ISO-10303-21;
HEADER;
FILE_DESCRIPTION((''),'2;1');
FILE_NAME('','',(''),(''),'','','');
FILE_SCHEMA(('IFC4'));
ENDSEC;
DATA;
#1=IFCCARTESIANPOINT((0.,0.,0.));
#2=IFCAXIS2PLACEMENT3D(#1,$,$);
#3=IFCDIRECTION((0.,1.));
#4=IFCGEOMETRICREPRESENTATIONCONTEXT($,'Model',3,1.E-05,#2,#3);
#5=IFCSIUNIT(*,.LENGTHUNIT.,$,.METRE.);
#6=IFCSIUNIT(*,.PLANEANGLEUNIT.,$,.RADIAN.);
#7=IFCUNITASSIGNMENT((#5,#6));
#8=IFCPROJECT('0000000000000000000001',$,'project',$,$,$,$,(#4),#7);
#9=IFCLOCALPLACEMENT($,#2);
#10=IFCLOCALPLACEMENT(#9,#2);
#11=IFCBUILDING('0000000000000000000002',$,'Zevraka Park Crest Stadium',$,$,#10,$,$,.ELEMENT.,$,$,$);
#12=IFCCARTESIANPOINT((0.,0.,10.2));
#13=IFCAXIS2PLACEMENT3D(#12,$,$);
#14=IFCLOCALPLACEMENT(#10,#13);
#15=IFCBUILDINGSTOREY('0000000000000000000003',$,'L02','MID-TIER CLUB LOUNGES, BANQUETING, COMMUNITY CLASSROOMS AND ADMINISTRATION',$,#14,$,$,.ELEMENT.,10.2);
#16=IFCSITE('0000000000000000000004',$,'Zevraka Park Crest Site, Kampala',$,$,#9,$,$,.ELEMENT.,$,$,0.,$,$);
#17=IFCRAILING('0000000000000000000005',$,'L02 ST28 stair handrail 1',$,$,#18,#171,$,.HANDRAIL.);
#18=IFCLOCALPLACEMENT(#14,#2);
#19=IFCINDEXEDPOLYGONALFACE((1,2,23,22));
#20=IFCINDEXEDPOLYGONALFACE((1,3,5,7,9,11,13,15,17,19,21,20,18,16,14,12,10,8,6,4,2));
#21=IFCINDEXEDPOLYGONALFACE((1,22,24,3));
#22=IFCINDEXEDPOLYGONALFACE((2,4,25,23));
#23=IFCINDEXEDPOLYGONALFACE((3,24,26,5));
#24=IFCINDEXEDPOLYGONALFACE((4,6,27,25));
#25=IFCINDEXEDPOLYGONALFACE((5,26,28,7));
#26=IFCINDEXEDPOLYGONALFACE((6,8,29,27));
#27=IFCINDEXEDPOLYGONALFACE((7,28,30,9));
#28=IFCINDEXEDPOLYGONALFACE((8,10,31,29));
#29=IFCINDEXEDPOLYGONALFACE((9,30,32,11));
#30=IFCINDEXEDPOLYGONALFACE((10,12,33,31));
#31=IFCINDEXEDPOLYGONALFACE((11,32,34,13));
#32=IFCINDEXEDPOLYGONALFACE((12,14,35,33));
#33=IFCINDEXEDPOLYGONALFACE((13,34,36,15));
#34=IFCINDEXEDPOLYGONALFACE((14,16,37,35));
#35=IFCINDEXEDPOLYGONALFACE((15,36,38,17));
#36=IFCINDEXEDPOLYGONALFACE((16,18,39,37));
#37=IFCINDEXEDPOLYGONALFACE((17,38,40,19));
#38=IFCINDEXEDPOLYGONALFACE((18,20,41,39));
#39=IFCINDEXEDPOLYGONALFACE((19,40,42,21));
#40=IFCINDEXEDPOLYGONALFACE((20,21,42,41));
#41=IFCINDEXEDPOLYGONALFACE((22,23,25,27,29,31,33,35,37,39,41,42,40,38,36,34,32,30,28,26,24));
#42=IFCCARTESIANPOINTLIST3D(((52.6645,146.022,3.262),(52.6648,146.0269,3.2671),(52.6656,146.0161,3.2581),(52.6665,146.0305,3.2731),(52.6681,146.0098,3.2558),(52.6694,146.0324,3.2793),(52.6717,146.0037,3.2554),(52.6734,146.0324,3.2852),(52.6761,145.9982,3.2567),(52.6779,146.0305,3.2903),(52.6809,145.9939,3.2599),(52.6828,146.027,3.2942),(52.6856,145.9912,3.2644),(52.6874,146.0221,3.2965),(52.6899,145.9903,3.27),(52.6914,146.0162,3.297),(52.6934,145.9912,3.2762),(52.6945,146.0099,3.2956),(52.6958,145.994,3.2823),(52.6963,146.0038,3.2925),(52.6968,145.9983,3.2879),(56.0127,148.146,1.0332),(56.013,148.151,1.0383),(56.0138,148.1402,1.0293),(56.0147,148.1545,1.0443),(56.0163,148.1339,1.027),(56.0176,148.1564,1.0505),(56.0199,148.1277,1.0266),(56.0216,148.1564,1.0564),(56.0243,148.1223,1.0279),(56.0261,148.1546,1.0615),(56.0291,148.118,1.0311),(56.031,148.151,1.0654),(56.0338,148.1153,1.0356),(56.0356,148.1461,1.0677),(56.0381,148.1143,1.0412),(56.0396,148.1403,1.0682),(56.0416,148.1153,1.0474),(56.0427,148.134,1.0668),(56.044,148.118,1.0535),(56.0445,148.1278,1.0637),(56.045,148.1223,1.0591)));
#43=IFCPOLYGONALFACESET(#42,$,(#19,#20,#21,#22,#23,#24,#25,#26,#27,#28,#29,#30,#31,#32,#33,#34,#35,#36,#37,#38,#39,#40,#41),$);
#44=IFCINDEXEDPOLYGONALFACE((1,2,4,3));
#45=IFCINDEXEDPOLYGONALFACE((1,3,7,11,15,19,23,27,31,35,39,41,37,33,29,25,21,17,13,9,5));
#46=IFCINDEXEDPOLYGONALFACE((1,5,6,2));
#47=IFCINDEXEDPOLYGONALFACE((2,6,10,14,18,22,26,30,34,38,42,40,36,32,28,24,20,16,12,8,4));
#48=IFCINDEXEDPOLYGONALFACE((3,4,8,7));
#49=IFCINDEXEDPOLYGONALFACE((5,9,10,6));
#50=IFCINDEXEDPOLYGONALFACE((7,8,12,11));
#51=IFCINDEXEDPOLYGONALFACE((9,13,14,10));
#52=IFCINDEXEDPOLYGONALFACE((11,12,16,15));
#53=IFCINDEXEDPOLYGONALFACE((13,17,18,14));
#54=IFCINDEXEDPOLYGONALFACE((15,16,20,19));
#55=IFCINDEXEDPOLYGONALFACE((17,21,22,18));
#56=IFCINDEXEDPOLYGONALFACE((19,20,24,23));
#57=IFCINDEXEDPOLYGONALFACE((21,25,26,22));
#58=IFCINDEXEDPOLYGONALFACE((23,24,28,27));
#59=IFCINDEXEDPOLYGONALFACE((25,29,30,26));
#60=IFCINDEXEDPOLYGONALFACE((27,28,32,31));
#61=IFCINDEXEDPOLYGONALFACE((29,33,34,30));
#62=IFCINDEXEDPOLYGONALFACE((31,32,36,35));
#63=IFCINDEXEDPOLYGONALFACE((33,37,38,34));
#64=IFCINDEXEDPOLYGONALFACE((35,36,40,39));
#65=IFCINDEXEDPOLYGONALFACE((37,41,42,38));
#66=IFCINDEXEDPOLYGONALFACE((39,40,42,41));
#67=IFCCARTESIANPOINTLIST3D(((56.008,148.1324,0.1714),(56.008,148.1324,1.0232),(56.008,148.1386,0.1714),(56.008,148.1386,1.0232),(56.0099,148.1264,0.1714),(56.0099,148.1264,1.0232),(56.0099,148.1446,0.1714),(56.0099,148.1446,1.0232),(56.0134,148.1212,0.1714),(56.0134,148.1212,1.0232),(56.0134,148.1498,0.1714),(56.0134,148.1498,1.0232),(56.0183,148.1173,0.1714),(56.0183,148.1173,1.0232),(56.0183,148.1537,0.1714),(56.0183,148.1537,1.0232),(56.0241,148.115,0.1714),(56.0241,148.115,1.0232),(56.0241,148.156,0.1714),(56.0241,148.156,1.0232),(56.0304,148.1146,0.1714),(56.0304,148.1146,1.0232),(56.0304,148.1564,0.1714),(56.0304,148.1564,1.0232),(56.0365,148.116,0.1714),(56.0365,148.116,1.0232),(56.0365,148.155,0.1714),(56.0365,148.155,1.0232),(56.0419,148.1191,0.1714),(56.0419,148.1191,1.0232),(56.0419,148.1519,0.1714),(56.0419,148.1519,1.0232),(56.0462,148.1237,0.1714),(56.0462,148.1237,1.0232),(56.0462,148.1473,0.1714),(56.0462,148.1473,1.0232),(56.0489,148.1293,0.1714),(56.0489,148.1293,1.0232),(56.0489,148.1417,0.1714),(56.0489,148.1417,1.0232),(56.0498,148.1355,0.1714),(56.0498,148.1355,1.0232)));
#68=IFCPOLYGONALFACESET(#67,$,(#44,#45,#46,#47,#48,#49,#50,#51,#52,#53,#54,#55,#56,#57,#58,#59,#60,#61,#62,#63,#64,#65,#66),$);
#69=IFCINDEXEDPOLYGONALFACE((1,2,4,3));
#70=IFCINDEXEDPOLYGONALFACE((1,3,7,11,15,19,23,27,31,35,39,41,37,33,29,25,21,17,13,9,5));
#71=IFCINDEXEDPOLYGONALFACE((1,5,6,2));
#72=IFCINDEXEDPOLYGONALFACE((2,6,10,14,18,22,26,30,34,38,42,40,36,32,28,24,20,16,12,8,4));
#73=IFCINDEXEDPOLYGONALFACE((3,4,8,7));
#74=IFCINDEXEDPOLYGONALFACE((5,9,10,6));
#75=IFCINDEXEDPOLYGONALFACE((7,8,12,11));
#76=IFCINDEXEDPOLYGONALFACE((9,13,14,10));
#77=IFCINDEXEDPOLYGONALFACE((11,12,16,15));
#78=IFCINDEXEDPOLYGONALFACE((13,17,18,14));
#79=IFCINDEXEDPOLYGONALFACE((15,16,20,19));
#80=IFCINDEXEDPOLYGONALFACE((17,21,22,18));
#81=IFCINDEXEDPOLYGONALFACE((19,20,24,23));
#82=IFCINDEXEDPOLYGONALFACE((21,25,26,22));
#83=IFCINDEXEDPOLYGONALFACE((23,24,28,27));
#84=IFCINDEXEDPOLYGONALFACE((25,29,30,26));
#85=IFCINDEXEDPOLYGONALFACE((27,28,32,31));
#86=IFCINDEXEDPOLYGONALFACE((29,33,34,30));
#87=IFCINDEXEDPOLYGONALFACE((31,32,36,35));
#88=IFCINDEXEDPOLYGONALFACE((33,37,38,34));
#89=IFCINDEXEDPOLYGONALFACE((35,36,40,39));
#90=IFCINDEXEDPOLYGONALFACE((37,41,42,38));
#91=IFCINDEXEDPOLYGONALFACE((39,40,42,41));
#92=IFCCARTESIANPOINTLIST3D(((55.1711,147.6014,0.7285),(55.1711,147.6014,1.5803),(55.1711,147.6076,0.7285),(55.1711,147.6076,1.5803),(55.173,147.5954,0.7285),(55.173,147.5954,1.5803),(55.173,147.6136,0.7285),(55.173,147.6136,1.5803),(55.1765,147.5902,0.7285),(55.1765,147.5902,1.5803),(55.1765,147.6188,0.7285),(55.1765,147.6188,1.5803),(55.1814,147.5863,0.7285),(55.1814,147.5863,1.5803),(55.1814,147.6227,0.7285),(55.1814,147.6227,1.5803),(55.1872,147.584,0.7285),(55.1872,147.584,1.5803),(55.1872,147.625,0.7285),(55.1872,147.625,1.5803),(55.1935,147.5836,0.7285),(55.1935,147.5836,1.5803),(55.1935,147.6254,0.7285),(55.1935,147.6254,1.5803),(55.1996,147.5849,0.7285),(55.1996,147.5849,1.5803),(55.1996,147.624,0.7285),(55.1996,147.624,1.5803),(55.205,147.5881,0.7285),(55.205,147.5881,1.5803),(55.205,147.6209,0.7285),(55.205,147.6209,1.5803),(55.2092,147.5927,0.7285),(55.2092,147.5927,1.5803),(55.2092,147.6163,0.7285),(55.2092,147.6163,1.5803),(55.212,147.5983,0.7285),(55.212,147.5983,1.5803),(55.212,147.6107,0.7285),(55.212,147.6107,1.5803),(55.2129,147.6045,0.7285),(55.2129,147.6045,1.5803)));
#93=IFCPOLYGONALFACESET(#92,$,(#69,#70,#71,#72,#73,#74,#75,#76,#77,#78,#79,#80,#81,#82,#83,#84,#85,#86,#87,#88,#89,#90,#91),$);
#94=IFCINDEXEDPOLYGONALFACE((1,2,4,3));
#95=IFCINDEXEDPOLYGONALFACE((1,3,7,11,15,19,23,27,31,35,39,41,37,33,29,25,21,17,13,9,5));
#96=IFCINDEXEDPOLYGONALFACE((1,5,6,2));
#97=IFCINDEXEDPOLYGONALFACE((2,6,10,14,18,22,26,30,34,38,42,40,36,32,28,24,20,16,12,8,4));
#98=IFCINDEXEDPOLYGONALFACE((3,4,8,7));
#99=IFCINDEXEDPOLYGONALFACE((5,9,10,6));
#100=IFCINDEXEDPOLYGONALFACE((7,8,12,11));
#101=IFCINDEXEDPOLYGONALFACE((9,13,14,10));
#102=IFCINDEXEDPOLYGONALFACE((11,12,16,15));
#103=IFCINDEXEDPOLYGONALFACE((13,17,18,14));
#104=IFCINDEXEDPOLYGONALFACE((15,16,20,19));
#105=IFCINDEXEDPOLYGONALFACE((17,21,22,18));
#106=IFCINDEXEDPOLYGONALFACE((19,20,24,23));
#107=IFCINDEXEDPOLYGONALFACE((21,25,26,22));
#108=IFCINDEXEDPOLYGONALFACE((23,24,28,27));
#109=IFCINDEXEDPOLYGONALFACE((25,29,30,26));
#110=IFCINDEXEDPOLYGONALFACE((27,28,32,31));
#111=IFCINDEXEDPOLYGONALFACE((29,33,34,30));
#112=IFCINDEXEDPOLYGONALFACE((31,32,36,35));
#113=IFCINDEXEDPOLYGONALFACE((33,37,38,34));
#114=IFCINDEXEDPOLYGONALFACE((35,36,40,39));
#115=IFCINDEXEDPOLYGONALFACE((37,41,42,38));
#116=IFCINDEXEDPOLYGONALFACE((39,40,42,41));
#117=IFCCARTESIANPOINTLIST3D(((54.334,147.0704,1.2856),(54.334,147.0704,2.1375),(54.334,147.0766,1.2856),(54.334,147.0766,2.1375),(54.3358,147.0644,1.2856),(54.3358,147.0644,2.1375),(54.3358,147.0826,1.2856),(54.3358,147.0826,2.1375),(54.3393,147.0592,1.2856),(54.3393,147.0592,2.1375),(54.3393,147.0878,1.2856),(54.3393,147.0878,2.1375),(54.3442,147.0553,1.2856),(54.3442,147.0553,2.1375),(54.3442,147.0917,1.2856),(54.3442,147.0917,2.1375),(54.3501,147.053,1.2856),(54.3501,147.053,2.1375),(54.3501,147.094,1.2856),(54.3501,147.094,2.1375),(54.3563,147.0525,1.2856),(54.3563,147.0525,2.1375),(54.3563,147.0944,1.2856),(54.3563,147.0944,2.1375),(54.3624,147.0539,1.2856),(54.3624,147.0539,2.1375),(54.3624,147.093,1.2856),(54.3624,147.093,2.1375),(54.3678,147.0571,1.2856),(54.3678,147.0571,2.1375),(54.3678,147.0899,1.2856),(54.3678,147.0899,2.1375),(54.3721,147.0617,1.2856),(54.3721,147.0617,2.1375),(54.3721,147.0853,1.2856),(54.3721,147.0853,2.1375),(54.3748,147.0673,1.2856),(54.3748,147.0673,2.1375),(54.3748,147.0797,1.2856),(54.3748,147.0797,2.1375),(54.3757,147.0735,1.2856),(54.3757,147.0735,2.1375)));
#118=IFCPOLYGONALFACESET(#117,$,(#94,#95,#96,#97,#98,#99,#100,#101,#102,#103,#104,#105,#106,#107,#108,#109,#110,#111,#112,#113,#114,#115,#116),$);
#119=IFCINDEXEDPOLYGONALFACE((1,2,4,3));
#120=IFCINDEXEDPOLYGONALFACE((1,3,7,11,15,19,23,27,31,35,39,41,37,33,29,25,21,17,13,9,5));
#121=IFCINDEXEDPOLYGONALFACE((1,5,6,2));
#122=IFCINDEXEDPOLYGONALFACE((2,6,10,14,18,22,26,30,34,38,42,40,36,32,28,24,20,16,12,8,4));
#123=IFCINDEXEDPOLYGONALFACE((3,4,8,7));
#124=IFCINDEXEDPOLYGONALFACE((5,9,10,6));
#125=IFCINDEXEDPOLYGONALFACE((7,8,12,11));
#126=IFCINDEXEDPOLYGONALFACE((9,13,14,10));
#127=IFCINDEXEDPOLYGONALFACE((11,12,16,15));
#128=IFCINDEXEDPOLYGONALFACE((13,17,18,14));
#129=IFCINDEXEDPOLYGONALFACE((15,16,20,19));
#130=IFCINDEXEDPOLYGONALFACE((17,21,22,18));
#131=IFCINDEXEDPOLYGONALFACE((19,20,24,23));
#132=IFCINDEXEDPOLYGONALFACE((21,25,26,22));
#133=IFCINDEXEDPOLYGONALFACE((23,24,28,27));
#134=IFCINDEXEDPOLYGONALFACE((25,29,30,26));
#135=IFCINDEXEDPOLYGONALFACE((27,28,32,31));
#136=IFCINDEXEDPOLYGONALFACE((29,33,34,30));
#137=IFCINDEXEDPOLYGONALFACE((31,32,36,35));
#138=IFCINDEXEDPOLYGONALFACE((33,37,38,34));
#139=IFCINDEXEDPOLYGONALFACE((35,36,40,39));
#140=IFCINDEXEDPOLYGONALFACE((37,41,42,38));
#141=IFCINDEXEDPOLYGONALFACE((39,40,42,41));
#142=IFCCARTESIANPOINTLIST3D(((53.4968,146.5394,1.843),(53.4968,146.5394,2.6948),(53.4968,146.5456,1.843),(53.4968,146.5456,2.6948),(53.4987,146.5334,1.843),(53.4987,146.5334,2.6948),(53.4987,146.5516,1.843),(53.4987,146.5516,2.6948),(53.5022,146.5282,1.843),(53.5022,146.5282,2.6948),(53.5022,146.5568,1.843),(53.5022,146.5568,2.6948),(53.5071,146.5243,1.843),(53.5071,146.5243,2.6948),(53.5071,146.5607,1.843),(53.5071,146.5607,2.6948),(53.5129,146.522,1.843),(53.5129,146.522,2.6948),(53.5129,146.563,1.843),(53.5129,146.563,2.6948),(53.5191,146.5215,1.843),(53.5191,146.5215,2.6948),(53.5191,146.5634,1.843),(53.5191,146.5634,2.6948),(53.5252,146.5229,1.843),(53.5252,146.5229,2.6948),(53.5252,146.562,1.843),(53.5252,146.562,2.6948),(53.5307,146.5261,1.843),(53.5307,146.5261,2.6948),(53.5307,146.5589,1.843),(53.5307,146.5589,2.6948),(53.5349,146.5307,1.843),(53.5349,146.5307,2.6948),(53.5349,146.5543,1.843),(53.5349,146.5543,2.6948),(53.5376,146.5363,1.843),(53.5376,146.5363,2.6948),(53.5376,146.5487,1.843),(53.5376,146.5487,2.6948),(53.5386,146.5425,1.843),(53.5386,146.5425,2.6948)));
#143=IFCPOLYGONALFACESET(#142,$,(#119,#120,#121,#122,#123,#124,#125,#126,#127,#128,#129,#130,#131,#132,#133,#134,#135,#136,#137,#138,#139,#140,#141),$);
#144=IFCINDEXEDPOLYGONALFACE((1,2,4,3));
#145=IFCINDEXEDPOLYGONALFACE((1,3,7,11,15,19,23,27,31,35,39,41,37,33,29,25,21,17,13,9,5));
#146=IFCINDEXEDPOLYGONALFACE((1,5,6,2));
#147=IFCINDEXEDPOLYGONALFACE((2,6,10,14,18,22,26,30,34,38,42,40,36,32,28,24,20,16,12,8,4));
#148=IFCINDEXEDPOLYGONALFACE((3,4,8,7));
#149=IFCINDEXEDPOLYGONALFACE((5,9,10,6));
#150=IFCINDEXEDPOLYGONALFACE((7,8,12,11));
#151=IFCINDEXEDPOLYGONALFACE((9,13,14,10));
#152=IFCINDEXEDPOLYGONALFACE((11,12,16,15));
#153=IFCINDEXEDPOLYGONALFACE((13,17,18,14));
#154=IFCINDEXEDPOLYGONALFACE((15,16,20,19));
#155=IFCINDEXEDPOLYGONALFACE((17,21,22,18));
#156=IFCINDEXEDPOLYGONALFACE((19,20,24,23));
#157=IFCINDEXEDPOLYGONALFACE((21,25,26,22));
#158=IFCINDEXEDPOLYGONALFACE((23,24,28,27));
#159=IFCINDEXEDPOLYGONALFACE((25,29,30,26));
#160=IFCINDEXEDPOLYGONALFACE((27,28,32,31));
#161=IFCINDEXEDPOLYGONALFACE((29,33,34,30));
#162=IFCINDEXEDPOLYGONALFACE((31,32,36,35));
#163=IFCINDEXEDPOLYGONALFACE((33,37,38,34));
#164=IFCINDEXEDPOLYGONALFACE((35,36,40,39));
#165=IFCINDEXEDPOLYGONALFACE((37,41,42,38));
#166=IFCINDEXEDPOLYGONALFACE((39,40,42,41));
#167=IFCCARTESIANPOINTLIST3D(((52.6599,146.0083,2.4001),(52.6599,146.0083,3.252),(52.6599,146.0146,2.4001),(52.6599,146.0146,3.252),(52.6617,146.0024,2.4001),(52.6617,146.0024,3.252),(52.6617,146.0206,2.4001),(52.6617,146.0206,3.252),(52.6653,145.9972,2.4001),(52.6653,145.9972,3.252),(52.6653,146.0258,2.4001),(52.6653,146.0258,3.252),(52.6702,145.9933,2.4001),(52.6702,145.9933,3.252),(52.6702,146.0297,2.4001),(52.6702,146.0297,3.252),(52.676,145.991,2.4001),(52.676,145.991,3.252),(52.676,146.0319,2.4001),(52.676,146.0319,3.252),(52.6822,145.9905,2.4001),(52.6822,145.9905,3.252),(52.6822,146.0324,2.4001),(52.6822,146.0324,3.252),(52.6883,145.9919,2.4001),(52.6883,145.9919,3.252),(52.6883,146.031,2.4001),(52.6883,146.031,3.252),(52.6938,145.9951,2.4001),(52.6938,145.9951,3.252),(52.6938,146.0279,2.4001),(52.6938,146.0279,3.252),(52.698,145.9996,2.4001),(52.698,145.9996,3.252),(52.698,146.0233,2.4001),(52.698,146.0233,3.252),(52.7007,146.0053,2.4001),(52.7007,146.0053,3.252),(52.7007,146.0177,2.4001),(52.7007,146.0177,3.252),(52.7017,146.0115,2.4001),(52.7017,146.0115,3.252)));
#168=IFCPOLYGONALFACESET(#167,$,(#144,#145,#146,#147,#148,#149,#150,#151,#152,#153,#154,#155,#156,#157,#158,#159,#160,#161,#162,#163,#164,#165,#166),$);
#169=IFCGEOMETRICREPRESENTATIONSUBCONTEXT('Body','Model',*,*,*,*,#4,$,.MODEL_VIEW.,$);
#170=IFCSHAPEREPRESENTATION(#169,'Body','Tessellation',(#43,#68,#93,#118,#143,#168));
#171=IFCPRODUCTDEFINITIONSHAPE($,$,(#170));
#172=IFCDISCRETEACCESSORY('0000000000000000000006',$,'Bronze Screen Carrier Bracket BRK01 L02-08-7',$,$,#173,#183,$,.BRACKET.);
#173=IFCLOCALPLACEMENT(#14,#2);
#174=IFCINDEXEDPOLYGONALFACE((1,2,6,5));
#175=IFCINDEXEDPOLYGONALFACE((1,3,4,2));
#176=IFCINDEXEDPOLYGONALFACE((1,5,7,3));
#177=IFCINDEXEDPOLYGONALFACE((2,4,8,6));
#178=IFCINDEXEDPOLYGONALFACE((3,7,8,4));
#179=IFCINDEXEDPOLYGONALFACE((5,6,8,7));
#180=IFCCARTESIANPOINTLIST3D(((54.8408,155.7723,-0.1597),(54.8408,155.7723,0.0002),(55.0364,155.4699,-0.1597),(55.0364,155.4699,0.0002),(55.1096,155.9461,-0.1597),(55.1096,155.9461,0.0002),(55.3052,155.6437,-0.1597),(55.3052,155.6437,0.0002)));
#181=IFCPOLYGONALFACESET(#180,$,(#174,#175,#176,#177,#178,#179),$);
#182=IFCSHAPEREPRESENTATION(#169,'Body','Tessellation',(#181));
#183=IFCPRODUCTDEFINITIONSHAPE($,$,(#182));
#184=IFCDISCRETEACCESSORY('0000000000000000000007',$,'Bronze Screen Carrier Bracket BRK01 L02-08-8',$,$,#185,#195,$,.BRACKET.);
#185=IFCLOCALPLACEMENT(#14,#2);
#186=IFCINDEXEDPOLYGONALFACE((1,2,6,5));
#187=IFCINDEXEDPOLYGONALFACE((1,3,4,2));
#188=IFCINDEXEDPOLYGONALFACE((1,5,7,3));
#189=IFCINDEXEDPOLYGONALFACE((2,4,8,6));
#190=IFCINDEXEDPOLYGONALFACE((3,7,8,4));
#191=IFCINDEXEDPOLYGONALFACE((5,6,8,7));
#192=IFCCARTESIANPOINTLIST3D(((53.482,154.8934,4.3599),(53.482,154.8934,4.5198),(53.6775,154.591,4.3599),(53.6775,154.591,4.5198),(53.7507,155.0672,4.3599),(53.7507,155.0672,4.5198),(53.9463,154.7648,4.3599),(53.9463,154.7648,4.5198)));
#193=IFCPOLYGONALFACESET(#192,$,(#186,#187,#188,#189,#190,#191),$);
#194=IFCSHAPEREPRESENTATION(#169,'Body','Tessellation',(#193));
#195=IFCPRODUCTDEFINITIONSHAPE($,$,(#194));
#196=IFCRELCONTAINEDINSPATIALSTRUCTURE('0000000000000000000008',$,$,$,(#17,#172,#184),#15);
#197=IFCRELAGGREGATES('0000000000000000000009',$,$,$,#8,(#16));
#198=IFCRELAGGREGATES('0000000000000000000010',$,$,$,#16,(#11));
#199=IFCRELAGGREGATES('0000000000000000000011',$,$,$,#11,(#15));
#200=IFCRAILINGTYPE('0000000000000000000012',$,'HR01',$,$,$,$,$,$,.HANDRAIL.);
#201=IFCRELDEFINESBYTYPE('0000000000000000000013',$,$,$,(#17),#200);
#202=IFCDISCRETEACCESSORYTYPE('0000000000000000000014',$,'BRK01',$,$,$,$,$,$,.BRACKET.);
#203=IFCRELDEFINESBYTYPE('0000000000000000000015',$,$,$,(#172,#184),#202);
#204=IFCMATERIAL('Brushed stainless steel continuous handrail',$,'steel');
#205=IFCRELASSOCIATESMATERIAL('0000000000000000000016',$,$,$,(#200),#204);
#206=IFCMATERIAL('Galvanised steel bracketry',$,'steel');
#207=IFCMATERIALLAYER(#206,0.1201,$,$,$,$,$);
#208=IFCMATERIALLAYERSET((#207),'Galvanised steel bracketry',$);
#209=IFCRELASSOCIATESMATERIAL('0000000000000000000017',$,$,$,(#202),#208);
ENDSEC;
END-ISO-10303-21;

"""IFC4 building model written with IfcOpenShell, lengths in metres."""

from ifc_helpers import new_model, si_unit, direction, frame, origin, origin_2d, place, context, subcontext, project, spatial, rectangle, circle, extrude, material, layer, layer_set, type_object, element, save


model = new_model("IFC4")

# Units and contexts
model_context = context("Model", 3, precision=1e-05, world=origin(), true_north=direction((0.0, 1.0)))
body_context = subcontext(model_context, "Body", "Model", "MODEL_VIEW")
ifc_project = project(units=[si_unit("LENGTHUNIT", "METRE"), si_unit("PLANEANGLEUNIT", "RADIAN")], contexts=[model_context])

# Site, building, storey
site_placement = place(None, origin())
site = spatial("IfcSite", under=ifc_project, at=site_placement, Name="Zevraka Park Crest Site, Kampala", CompositionType="ELEMENT", RefElevation=0.0)
building_placement = place(site_placement, origin())
building = spatial("IfcBuilding", under=site, at=building_placement, Name="Zevraka Park Crest Stadium", CompositionType="ELEMENT")
storey_placement = place(building_placement, frame((0.0, 0.0, 10.2)))
storey = spatial("IfcBuildingStorey", under=building, at=storey_placement, Name="L02", Description="MID-TIER CLUB LOUNGES, BANQUETING, COMMUNITY CLASSROOMS AND ADMINISTRATION", CompositionType="ELEMENT", Elevation=10.2)

# Railing
ifc_material_1 = material(Name="Brushed stainless steel continuous handrail", Category="steel")
railing_type = type_object("IfcRailingType", Name="HR01", PredefinedType="HANDRAIL", material=ifc_material_1)
railing_placement = place(storey_placement, frame((56.0288, 148.1355, 0.1714)))
element("IfcRailing", 1, at=railing_placement, inside=storey, type_object=railing_type, Name="L02 ST28 stair handrail 1", PredefinedType="HANDRAIL", context=body_context, shape_type="SweptSolid", body=[
    extrude(circle(Radius=0.0239, at=origin_2d()), frame((0.0, 0.0, 0.876), z_axis=(-0.736097, -0.466972, 0.489998), x_axis=(0.535688, -0.844416, 0.0)), (0.0, 0.0, 1.0), 4.5486),
    extrude(circle(Radius=0.021, at=origin_2d()), origin(), (0.0, 0.0, 1.0), 0.8518),
    extrude(circle(Radius=0.021, at=origin_2d()), frame((-0.8369, -0.531, 0.5571)), (0.0, 0.0, 1.0), 0.8518),
    extrude(circle(Radius=0.021, at=origin_2d()), frame((-1.6741, -1.062, 1.1143)), (0.0, 0.0, 1.0), 0.8518),
    extrude(circle(Radius=0.021, at=origin_2d()), frame((-2.5112, -1.593, 1.6716)), (0.0, 0.0, 1.0), 0.8518),
    extrude(circle(Radius=0.021, at=origin_2d()), frame((-3.3481, -2.124, 2.2288)), (0.0, 0.0, 1.0), 0.8518),
])

# Discrete accessories
ifc_material_2 = material(Name="Galvanised steel bracketry", Category="steel")
ifc_layer_1 = layer(ifc_material_2, 0.1201)
ifc_layer_set_1 = layer_set([ifc_layer_1], Name="Galvanised steel bracketry")
discrete_accessory_type = type_object("IfcDiscreteAccessoryType", Name="BRK01", PredefinedType="BRACKET", material=ifc_layer_set_1)
for number, where, z_axis, x_axis, name in (
    (2, (55.073, 155.708, -0.1597), (0.0, 0.0, 1.0), (-0.839715, -0.543028, 0.0), "Bronze Screen Carrier Bracket BRK01 L02-08-7"),
    (3, (53.7141, 154.8291, 4.3599), (0.0, 0.0, 1.0), (-0.839715, -0.543028, 0.0), "Bronze Screen Carrier Bracket BRK01 L02-08-8"),
):
    element("IfcDiscreteAccessory", number, at=place(storey_placement, frame(where, z_axis=z_axis, x_axis=x_axis)), inside=storey, type_object=discrete_accessory_type, Name=name, PredefinedType="BRACKET", context=body_context, shape_type="SweptSolid", body=[
        extrude(rectangle(XDim=0.3201, YDim=0.3601, at=origin_2d()), origin(), (0.0, 0.0, 1.0), 0.1599),
    ])

save(model, "model.ifc")
